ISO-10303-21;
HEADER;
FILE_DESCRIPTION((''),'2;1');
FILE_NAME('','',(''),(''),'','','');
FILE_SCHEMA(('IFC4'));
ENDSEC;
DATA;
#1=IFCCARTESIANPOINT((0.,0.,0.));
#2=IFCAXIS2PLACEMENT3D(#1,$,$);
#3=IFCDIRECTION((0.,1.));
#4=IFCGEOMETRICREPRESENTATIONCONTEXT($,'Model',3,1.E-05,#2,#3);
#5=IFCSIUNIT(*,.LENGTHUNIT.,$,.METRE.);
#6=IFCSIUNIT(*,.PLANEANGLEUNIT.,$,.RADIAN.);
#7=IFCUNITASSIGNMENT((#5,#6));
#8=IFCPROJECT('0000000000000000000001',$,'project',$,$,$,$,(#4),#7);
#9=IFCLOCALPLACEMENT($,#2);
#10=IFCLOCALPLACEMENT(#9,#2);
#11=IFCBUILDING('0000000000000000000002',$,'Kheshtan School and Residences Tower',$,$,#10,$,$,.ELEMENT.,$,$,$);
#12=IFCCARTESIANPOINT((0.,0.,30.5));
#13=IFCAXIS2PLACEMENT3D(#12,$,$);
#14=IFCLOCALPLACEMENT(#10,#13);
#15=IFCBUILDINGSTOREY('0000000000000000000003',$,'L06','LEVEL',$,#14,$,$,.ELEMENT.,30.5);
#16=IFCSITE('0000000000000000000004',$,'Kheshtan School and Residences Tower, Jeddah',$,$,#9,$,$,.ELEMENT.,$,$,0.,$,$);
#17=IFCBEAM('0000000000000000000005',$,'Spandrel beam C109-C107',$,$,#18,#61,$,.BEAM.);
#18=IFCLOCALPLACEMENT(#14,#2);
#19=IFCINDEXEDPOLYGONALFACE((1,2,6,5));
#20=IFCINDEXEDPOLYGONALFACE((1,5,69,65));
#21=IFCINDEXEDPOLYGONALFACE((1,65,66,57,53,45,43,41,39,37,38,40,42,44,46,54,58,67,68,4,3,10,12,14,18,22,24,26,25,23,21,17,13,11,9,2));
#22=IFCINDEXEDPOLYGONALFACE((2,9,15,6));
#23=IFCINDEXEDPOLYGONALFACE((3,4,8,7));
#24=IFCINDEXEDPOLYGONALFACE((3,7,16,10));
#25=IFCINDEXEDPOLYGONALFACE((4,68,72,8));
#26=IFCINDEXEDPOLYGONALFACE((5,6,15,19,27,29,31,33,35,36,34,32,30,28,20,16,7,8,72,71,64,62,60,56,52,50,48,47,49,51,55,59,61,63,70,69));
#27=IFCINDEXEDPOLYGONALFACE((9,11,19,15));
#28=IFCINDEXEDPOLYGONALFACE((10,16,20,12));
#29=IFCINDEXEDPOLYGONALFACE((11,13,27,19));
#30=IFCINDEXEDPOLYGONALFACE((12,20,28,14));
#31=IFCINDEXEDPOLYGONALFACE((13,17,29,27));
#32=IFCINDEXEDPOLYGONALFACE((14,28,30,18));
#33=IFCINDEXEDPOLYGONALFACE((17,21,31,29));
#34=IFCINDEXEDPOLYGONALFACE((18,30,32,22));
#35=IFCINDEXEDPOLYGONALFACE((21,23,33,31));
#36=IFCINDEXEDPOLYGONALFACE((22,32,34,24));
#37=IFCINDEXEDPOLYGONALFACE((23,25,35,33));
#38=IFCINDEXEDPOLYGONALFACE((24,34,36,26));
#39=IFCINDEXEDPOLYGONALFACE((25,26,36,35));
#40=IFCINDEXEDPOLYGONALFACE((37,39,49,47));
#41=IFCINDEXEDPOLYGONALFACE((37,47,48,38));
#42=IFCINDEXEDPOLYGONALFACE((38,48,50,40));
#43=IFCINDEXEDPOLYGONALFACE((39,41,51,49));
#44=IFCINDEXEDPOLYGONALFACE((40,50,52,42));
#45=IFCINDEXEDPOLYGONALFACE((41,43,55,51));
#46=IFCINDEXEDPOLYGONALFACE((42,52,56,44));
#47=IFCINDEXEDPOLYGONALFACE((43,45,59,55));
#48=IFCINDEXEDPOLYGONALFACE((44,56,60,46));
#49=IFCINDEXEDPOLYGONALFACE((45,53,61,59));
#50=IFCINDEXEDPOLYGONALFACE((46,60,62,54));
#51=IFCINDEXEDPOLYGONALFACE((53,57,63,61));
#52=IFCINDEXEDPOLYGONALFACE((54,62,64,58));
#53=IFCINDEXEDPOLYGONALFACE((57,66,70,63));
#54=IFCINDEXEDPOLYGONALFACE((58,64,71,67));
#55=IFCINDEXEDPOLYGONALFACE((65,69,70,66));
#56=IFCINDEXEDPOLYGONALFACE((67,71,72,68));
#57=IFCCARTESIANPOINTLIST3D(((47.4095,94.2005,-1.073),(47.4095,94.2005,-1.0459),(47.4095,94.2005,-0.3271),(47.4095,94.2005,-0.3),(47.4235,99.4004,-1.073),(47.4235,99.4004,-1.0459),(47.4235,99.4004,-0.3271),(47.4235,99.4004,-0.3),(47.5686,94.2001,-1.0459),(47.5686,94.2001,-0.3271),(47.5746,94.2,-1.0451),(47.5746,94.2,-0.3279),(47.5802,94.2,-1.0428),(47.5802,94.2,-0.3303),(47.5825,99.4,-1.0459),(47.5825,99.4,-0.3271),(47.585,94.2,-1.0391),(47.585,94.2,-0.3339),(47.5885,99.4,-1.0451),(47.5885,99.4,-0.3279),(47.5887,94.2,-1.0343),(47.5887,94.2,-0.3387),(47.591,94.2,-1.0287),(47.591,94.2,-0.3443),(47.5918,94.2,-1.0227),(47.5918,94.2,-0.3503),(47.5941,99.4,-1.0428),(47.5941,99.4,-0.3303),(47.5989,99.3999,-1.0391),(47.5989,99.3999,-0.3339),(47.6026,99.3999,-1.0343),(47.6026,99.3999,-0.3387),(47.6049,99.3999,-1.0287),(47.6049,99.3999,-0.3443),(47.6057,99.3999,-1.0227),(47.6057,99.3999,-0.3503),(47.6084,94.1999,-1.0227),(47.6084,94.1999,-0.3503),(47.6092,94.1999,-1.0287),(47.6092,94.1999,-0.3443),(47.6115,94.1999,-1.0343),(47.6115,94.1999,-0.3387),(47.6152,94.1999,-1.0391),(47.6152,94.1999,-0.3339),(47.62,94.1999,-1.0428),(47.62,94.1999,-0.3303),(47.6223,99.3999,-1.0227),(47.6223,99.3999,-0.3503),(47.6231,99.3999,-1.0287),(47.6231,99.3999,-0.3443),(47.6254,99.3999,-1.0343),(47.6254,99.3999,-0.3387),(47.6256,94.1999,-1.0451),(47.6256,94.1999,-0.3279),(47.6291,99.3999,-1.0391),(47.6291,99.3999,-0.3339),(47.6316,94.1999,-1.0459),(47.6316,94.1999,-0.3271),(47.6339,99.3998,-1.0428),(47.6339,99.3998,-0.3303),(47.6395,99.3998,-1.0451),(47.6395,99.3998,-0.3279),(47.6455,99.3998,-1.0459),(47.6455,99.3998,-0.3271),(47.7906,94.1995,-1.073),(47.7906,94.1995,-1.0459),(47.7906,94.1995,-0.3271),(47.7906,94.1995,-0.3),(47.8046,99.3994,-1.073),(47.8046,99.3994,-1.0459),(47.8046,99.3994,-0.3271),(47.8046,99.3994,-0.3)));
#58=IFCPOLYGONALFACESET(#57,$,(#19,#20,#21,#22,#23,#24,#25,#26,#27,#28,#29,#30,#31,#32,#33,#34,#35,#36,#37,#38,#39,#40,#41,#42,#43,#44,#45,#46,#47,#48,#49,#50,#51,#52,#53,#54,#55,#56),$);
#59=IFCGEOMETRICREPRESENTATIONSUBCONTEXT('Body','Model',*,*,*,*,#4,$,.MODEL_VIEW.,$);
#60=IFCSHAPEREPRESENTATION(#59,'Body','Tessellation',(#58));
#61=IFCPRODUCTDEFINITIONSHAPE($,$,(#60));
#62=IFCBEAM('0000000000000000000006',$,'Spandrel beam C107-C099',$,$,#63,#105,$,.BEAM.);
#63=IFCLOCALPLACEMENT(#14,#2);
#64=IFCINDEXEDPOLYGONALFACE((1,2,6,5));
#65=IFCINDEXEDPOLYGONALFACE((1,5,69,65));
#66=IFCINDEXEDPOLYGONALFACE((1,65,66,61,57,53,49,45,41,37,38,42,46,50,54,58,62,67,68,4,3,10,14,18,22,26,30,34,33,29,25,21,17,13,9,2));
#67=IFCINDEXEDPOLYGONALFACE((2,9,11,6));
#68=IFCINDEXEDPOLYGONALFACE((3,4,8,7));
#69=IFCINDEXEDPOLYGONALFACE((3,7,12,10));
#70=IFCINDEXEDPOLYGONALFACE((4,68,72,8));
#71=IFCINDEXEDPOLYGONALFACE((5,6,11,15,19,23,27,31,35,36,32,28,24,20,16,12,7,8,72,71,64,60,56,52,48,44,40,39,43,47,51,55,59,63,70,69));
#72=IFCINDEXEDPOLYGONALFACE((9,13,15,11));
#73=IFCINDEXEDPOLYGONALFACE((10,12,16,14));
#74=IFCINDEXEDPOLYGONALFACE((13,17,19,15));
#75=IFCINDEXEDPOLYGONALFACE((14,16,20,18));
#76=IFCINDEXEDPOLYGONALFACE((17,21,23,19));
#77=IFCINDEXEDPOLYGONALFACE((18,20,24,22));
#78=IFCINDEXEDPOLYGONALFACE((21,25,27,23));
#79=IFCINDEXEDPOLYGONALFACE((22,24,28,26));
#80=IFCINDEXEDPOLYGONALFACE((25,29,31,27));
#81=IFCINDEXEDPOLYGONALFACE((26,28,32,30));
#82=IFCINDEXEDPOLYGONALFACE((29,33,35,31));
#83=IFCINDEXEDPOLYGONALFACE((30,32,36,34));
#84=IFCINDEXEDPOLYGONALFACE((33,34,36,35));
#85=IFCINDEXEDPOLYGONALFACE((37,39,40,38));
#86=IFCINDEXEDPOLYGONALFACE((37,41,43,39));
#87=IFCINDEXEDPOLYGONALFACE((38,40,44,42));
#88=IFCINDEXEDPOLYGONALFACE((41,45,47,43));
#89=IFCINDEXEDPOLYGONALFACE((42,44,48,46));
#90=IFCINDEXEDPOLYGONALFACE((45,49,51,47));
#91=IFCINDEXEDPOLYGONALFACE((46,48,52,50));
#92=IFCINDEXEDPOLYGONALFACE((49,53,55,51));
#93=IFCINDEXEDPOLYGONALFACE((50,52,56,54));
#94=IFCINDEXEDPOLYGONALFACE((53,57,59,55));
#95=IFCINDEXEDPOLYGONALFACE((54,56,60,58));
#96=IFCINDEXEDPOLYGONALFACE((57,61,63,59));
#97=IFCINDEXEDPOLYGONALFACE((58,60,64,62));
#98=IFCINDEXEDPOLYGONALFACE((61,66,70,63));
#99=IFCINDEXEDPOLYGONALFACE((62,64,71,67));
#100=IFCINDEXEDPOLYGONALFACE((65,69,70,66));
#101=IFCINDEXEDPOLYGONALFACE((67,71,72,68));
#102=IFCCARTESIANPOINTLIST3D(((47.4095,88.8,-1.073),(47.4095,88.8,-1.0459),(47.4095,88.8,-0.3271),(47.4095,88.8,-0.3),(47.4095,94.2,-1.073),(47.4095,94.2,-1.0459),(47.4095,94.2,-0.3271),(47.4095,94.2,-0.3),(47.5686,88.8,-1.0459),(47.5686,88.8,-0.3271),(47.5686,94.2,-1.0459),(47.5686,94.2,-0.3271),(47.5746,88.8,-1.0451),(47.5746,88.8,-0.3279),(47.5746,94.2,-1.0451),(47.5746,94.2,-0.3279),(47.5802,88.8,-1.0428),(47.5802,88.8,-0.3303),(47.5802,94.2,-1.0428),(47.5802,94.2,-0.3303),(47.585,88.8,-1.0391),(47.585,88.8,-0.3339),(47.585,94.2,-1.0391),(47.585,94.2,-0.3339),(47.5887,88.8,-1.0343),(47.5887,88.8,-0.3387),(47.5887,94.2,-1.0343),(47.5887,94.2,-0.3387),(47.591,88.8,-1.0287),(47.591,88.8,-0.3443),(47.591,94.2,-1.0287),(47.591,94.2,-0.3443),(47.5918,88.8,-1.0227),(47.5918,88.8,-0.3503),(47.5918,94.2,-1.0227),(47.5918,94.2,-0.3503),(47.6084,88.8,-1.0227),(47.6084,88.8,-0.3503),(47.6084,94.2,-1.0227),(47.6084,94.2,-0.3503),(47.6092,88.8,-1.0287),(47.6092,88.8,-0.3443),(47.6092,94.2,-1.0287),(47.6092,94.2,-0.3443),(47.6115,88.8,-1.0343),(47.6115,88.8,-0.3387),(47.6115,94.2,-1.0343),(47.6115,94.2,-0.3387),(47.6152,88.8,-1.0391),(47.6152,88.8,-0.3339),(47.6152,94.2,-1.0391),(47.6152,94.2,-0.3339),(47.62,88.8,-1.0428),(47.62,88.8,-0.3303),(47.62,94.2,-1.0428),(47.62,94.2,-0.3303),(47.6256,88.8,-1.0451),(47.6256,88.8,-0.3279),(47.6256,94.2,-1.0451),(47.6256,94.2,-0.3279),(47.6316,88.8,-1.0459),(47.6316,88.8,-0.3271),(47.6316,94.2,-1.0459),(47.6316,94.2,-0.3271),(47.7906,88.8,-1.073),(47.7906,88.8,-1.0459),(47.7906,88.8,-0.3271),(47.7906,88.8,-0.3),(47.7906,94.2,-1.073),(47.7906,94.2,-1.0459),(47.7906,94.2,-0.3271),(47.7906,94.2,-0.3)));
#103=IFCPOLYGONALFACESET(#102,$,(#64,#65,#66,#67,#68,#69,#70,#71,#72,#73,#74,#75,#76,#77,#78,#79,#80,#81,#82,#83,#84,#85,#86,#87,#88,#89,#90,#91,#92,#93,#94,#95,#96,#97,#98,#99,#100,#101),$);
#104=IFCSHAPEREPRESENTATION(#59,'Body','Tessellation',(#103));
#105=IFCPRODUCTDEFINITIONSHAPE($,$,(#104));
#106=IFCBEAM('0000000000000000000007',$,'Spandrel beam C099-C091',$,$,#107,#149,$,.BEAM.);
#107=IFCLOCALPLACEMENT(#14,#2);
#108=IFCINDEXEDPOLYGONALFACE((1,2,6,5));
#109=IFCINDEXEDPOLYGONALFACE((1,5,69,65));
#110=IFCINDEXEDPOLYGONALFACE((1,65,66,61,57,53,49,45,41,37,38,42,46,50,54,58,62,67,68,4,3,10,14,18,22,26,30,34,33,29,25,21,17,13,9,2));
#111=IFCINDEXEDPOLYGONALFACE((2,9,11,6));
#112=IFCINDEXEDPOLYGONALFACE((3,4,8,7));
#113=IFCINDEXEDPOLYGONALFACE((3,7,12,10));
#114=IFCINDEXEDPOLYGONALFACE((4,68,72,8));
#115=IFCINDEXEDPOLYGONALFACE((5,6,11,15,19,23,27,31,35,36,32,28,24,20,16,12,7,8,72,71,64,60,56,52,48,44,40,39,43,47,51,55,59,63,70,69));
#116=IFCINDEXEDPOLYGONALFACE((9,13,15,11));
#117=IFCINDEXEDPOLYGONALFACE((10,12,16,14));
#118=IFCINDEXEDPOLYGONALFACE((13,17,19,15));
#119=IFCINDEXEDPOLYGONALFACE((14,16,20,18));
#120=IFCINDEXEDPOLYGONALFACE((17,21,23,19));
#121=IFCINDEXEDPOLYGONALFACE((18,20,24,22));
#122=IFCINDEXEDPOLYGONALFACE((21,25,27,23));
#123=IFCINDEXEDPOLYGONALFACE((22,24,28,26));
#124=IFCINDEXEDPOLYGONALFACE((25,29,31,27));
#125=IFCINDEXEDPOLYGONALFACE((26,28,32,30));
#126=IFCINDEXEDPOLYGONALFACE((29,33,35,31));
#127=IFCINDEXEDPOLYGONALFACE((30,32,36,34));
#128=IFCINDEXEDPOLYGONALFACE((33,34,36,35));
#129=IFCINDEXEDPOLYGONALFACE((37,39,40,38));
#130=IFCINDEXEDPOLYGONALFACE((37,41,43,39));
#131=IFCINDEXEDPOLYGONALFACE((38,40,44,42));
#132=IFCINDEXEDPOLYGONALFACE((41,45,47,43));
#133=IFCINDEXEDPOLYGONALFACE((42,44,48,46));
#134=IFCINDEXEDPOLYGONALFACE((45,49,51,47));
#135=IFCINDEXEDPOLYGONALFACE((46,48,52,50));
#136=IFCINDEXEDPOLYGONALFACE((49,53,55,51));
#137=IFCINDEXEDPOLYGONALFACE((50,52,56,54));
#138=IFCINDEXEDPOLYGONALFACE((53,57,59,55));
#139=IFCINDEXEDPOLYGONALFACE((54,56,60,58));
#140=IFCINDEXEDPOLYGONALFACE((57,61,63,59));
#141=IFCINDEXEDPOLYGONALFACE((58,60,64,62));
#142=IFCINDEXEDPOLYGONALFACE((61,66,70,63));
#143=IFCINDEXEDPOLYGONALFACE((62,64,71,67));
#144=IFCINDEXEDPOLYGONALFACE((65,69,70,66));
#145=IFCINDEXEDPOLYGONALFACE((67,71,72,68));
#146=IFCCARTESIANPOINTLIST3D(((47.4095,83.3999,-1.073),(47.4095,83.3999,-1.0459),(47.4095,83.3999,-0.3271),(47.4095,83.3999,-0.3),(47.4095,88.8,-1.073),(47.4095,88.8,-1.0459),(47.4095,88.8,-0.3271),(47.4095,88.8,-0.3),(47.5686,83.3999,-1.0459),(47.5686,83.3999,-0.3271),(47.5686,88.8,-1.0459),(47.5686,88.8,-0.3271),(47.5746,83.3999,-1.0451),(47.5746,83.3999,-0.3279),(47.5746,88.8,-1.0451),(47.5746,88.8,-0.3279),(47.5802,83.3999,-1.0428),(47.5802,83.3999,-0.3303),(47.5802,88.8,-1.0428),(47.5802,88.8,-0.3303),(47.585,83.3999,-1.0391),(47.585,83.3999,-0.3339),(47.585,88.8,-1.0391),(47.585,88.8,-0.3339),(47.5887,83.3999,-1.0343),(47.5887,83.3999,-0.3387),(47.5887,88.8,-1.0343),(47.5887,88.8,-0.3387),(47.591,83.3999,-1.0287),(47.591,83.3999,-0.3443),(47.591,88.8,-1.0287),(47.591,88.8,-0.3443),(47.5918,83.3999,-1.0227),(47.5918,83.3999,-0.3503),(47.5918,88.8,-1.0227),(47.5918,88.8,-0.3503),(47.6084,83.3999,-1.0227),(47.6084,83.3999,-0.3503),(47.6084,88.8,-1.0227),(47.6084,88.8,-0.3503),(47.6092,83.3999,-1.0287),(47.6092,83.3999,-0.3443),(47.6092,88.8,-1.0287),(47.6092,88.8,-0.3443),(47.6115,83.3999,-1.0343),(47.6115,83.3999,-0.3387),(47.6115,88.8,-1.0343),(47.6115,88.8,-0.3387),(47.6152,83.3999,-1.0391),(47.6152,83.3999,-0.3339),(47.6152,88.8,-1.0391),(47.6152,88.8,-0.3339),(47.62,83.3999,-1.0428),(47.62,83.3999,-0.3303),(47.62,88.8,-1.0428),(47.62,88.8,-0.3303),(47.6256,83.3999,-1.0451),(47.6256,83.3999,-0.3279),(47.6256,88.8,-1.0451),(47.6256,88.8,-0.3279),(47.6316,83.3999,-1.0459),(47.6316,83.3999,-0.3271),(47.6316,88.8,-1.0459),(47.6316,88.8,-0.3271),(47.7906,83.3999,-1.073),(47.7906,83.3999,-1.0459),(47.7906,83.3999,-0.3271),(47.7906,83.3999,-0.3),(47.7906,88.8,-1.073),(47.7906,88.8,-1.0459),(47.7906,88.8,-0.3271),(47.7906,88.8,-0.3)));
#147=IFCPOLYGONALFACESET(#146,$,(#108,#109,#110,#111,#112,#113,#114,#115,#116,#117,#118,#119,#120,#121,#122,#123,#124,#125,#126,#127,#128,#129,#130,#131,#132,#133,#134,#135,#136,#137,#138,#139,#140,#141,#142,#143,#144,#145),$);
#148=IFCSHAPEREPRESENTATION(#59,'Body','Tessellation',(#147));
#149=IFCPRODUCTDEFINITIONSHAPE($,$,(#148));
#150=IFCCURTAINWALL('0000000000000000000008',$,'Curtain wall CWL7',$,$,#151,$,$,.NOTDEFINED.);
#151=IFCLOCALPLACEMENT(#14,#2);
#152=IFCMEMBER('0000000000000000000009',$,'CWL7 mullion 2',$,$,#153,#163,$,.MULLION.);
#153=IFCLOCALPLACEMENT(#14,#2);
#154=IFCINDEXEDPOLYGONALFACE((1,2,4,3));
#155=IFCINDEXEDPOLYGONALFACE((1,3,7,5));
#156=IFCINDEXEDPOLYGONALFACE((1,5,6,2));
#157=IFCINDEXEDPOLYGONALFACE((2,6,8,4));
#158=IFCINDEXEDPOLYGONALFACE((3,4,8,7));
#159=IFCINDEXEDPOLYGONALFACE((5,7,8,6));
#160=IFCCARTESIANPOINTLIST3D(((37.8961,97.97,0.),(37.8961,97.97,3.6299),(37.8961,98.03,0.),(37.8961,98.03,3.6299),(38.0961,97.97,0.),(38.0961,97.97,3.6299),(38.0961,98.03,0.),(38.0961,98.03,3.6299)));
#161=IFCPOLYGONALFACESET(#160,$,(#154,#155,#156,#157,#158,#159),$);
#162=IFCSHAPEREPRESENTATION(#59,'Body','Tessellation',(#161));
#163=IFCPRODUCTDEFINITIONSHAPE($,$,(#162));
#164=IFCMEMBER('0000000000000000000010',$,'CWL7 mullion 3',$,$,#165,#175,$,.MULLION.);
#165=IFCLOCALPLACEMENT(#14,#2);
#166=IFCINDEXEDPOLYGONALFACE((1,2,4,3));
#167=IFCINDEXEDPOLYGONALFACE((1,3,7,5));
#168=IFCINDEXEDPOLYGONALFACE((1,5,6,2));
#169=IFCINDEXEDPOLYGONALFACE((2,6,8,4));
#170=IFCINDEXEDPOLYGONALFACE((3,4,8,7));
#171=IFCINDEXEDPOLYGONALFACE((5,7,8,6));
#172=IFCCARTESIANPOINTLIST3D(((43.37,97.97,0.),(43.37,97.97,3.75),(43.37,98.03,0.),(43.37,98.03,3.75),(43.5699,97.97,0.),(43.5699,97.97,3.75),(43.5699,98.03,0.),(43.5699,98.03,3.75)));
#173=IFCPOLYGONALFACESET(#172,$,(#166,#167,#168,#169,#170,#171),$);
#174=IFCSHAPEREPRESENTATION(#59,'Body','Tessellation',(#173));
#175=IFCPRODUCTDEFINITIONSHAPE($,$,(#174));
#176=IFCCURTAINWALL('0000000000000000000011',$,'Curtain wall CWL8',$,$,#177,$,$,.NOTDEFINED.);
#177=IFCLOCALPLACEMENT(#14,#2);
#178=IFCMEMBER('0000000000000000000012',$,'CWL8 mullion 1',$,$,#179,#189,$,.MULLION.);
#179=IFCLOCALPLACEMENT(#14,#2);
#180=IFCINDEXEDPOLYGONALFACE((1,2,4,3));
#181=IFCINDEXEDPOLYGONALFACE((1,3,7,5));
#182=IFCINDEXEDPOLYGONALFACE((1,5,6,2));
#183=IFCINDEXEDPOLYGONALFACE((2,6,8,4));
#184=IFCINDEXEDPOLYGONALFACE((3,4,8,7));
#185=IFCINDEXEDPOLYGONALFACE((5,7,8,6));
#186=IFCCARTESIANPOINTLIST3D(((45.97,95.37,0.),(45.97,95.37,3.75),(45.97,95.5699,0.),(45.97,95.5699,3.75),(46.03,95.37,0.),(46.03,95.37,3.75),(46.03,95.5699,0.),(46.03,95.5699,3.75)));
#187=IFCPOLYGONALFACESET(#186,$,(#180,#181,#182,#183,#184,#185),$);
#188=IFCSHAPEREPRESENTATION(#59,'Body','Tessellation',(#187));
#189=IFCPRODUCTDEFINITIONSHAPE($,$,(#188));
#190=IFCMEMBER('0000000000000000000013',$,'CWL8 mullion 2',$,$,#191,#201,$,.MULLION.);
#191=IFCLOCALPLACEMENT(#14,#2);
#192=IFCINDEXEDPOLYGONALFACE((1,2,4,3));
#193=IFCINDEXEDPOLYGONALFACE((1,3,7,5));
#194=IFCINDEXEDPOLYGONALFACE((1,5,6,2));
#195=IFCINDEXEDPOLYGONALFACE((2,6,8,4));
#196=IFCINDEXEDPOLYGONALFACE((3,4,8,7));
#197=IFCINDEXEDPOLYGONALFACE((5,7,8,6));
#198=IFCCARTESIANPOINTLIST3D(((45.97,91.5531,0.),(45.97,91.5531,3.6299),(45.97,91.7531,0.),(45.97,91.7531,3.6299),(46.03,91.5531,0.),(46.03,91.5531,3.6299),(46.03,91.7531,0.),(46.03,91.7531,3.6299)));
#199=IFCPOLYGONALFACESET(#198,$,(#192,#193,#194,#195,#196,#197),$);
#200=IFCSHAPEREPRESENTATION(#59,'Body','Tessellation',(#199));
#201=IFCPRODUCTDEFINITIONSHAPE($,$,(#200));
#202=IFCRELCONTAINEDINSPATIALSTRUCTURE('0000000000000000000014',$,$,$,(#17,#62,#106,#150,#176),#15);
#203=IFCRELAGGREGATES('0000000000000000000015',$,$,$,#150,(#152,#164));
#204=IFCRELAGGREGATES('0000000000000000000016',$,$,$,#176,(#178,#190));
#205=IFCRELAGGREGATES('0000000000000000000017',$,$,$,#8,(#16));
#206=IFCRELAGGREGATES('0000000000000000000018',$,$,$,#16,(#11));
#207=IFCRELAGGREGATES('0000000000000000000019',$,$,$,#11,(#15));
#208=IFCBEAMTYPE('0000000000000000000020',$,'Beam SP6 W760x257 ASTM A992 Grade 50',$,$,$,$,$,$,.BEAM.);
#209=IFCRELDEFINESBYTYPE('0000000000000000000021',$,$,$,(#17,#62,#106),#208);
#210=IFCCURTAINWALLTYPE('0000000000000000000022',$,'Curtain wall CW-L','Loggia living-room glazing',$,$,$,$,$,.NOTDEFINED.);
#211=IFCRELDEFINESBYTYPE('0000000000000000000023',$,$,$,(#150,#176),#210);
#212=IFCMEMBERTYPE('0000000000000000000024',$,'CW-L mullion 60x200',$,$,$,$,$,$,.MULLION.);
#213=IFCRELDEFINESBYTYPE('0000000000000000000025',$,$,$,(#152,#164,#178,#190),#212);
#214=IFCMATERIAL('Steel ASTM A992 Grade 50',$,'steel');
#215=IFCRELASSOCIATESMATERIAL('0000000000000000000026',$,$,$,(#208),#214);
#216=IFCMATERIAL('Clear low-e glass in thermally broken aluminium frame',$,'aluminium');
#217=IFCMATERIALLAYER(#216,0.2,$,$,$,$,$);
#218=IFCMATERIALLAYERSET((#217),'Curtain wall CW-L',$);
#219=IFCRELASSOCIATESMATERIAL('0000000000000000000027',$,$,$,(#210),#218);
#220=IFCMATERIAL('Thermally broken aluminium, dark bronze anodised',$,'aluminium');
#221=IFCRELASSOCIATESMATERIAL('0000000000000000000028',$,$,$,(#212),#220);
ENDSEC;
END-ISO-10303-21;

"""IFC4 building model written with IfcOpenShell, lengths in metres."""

from ifc_helpers import new_model, si_unit, direction, frame, origin, origin_2d, place, context, subcontext, project, spatial, rectangle, i_section, extrude, material, layer, layer_set, material_profile, profile_set, type_object, element, aggregate, save


model = new_model("IFC4")

# Units and contexts
model_context = context("Model", 3, precision=1e-05, world=origin(), true_north=direction((0.0, 1.0)))
body_context = subcontext(model_context, "Body", "Model", "MODEL_VIEW")
ifc_project = project(units=[si_unit("LENGTHUNIT", "METRE"), si_unit("PLANEANGLEUNIT", "RADIAN")], contexts=[model_context])

# Site, building, storey
site_placement = place(None, origin())
site = spatial("IfcSite", under=ifc_project, at=site_placement, Name="Kheshtan School and Residences Tower, Jeddah", CompositionType="ELEMENT", RefElevation=0.0)
building_placement = place(site_placement, origin())
building = spatial("IfcBuilding", under=site, at=building_placement, Name="Kheshtan School and Residences Tower", CompositionType="ELEMENT")
storey_placement = place(building_placement, frame((0.0, 0.0, 30.5)))
storey = spatial("IfcBuildingStorey", under=building, at=storey_placement, Name="L06", Description="LEVEL", CompositionType="ELEMENT", Elevation=30.5)

# Shared definitions
ifc_material_1 = material(Name="Steel ASTM A992 Grade 50", Category="steel")

# Beams
ifc_material_profile_1 = material_profile(ifc_material_1, i_section(OverallWidth=0.3811, OverallDepth=0.7729, WebThickness=0.0166, FlangeThickness=0.0271, FilletRadius=0.0232, at=origin_2d()), Name="W760x257")
ifc_profile_set_1 = profile_set([ifc_material_profile_1], Name="Steel ASTM A992 Grade 50")
beam_type_1 = type_object("IfcBeamType", Name="Beam SP6 W760x257 ASTM A992 Grade 50", PredefinedType="BEAM", material=ifc_profile_set_1)
beam_1_placement = place(storey_placement, frame((47.614, 99.3999, -0.6865), z_axis=(-0.002676, -0.999996, 0.0), x_axis=(0.999996, -0.002676, 0.0)))
element("IfcBeam", 1, at=beam_1_placement, inside=storey, type_object=beam_type_1, Name="Spandrel beam C109-C107", PredefinedType="BEAM", context=body_context, shape_type="SweptSolid", body=[
    extrude(i_section(OverallWidth=0.3811, OverallDepth=0.7729, WebThickness=0.0166, FlangeThickness=0.0271, FilletRadius=0.0232, at=origin_2d()), origin(), (0.0, 0.0, 1.0), 5.2),
])
beam_2_placement = place(storey_placement, frame((47.6001, 94.2, -0.6865), z_axis=(0.0, -1.0, 0.0), x_axis=(1.0, 0.0, 0.0)))
element("IfcBeam", 2, at=beam_2_placement, inside=storey, type_object=beam_type_1, Name="Spandrel beam C107-C099", PredefinedType="BEAM", context=body_context, shape_type="SweptSolid", body=[
    extrude(i_section(OverallWidth=0.3811, OverallDepth=0.7729, WebThickness=0.0166, FlangeThickness=0.0271, FilletRadius=0.0232, at=origin_2d()), origin(), (0.0, 0.0, 1.0), 5.3999),
])
beam_3_placement = place(storey_placement, frame((47.6001, 88.8, -0.6865), z_axis=(0.0, -1.0, 0.0), x_axis=(1.0, 0.0, 0.0)))
element("IfcBeam", 3, at=beam_3_placement, inside=storey, type_object=beam_type_1, Name="Spandrel beam C099-C091", PredefinedType="BEAM", context=body_context, shape_type="SweptSolid", body=[
    extrude(i_section(OverallWidth=0.3811, OverallDepth=0.7729, WebThickness=0.0166, FlangeThickness=0.0271, FilletRadius=0.0232, at=origin_2d()), origin(), (0.0, 0.0, 1.0), 5.4001),
])

# Curtain walls, members
ifc_material_2 = material(Name="Clear low-e glass in thermally broken aluminium frame", Category="aluminium")
ifc_layer_1 = layer(ifc_material_2, 0.2)
ifc_layer_set_1 = layer_set([ifc_layer_1], Name="Curtain wall CW-L")
curtain_wall_type = type_object("IfcCurtainWallType", Name="Curtain wall CW-L", Description="Loggia living-room glazing", PredefinedType="NOTDEFINED", material=ifc_layer_set_1)
curtain_wall_1_placement = place(storey_placement, origin())
curtain_wall_1 = element("IfcCurtainWall", 4, at=curtain_wall_1_placement, inside=storey, type_object=curtain_wall_type, Name="Curtain wall CWL7", PredefinedType="NOTDEFINED")
ifc_material_3 = material(Name="Thermally broken aluminium, dark bronze anodised", Category="aluminium")
ifc_material_profile_2 = material_profile(ifc_material_3, rectangle(XDim=0.0601, YDim=0.2, at=origin_2d()), Name="CW-L mullion 60x200")
ifc_profile_set_2 = profile_set([ifc_material_profile_2], Name="Thermally broken aluminium, dark bronze anodised")
member_type_1 = type_object("IfcMemberType", Name="CW-L mullion 60x200", PredefinedType="MULLION", material=ifc_profile_set_2)
member_1_placement = place(storey_placement, frame((37.9961, 98.0, 0.0), z_axis=(0.0, 0.0, 1.0), x_axis=(0.0, 1.0, 0.0)))
member_1 = element("IfcMember", 5, at=member_1_placement, type_object=member_type_1, Name="CWL7 mullion 2", PredefinedType="MULLION", context=body_context, shape_type="SweptSolid", body=[
    extrude(rectangle(XDim=0.0601, YDim=0.2, at=origin_2d()), origin(), (0.0, 0.0, 1.0), 3.6299),
])
member_2_placement = place(storey_placement, frame((43.47, 98.0, 0.0), z_axis=(0.0, 0.0, 1.0), x_axis=(0.0, 1.0, 0.0)))
member_2 = element("IfcMember", 6, at=member_2_placement, type_object=member_type_1, Name="CWL7 mullion 3", PredefinedType="MULLION", context=body_context, shape_type="SweptSolid", body=[
    extrude(rectangle(XDim=0.0601, YDim=0.2, at=origin_2d()), origin(), (0.0, 0.0, 1.0), 3.75),
])
curtain_wall_2_placement = place(storey_placement, origin())
curtain_wall_2 = element("IfcCurtainWall", 7, at=curtain_wall_2_placement, inside=storey, type_object=curtain_wall_type, Name="Curtain wall CWL8", PredefinedType="NOTDEFINED")
member_3_placement = place(storey_placement, frame((46.0, 95.47, 0.0), z_axis=(0.0, 0.0, 1.0), x_axis=(1.0, 0.0, 0.0)))
member_3 = element("IfcMember", 8, at=member_3_placement, type_object=member_type_1, Name="CWL8 mullion 1", PredefinedType="MULLION", context=body_context, shape_type="SweptSolid", body=[
    extrude(rectangle(XDim=0.0601, YDim=0.2, at=origin_2d()), origin(), (0.0, 0.0, 1.0), 3.75),
])
member_4_placement = place(storey_placement, frame((46.0, 91.6531, 0.0), z_axis=(0.0, 0.0, 1.0), x_axis=(1.0, 0.0, 0.0)))
member_4 = element("IfcMember", 9, at=member_4_placement, type_object=member_type_1, Name="CWL8 mullion 2", PredefinedType="MULLION", context=body_context, shape_type="SweptSolid", body=[
    extrude(rectangle(XDim=0.0601, YDim=0.2, at=origin_2d()), origin(), (0.0, 0.0, 1.0), 3.6299),
])

aggregate(curtain_wall_1, [member_1, member_2])
aggregate(curtain_wall_2, [member_3, member_4])

save(model, "model.ifc")
